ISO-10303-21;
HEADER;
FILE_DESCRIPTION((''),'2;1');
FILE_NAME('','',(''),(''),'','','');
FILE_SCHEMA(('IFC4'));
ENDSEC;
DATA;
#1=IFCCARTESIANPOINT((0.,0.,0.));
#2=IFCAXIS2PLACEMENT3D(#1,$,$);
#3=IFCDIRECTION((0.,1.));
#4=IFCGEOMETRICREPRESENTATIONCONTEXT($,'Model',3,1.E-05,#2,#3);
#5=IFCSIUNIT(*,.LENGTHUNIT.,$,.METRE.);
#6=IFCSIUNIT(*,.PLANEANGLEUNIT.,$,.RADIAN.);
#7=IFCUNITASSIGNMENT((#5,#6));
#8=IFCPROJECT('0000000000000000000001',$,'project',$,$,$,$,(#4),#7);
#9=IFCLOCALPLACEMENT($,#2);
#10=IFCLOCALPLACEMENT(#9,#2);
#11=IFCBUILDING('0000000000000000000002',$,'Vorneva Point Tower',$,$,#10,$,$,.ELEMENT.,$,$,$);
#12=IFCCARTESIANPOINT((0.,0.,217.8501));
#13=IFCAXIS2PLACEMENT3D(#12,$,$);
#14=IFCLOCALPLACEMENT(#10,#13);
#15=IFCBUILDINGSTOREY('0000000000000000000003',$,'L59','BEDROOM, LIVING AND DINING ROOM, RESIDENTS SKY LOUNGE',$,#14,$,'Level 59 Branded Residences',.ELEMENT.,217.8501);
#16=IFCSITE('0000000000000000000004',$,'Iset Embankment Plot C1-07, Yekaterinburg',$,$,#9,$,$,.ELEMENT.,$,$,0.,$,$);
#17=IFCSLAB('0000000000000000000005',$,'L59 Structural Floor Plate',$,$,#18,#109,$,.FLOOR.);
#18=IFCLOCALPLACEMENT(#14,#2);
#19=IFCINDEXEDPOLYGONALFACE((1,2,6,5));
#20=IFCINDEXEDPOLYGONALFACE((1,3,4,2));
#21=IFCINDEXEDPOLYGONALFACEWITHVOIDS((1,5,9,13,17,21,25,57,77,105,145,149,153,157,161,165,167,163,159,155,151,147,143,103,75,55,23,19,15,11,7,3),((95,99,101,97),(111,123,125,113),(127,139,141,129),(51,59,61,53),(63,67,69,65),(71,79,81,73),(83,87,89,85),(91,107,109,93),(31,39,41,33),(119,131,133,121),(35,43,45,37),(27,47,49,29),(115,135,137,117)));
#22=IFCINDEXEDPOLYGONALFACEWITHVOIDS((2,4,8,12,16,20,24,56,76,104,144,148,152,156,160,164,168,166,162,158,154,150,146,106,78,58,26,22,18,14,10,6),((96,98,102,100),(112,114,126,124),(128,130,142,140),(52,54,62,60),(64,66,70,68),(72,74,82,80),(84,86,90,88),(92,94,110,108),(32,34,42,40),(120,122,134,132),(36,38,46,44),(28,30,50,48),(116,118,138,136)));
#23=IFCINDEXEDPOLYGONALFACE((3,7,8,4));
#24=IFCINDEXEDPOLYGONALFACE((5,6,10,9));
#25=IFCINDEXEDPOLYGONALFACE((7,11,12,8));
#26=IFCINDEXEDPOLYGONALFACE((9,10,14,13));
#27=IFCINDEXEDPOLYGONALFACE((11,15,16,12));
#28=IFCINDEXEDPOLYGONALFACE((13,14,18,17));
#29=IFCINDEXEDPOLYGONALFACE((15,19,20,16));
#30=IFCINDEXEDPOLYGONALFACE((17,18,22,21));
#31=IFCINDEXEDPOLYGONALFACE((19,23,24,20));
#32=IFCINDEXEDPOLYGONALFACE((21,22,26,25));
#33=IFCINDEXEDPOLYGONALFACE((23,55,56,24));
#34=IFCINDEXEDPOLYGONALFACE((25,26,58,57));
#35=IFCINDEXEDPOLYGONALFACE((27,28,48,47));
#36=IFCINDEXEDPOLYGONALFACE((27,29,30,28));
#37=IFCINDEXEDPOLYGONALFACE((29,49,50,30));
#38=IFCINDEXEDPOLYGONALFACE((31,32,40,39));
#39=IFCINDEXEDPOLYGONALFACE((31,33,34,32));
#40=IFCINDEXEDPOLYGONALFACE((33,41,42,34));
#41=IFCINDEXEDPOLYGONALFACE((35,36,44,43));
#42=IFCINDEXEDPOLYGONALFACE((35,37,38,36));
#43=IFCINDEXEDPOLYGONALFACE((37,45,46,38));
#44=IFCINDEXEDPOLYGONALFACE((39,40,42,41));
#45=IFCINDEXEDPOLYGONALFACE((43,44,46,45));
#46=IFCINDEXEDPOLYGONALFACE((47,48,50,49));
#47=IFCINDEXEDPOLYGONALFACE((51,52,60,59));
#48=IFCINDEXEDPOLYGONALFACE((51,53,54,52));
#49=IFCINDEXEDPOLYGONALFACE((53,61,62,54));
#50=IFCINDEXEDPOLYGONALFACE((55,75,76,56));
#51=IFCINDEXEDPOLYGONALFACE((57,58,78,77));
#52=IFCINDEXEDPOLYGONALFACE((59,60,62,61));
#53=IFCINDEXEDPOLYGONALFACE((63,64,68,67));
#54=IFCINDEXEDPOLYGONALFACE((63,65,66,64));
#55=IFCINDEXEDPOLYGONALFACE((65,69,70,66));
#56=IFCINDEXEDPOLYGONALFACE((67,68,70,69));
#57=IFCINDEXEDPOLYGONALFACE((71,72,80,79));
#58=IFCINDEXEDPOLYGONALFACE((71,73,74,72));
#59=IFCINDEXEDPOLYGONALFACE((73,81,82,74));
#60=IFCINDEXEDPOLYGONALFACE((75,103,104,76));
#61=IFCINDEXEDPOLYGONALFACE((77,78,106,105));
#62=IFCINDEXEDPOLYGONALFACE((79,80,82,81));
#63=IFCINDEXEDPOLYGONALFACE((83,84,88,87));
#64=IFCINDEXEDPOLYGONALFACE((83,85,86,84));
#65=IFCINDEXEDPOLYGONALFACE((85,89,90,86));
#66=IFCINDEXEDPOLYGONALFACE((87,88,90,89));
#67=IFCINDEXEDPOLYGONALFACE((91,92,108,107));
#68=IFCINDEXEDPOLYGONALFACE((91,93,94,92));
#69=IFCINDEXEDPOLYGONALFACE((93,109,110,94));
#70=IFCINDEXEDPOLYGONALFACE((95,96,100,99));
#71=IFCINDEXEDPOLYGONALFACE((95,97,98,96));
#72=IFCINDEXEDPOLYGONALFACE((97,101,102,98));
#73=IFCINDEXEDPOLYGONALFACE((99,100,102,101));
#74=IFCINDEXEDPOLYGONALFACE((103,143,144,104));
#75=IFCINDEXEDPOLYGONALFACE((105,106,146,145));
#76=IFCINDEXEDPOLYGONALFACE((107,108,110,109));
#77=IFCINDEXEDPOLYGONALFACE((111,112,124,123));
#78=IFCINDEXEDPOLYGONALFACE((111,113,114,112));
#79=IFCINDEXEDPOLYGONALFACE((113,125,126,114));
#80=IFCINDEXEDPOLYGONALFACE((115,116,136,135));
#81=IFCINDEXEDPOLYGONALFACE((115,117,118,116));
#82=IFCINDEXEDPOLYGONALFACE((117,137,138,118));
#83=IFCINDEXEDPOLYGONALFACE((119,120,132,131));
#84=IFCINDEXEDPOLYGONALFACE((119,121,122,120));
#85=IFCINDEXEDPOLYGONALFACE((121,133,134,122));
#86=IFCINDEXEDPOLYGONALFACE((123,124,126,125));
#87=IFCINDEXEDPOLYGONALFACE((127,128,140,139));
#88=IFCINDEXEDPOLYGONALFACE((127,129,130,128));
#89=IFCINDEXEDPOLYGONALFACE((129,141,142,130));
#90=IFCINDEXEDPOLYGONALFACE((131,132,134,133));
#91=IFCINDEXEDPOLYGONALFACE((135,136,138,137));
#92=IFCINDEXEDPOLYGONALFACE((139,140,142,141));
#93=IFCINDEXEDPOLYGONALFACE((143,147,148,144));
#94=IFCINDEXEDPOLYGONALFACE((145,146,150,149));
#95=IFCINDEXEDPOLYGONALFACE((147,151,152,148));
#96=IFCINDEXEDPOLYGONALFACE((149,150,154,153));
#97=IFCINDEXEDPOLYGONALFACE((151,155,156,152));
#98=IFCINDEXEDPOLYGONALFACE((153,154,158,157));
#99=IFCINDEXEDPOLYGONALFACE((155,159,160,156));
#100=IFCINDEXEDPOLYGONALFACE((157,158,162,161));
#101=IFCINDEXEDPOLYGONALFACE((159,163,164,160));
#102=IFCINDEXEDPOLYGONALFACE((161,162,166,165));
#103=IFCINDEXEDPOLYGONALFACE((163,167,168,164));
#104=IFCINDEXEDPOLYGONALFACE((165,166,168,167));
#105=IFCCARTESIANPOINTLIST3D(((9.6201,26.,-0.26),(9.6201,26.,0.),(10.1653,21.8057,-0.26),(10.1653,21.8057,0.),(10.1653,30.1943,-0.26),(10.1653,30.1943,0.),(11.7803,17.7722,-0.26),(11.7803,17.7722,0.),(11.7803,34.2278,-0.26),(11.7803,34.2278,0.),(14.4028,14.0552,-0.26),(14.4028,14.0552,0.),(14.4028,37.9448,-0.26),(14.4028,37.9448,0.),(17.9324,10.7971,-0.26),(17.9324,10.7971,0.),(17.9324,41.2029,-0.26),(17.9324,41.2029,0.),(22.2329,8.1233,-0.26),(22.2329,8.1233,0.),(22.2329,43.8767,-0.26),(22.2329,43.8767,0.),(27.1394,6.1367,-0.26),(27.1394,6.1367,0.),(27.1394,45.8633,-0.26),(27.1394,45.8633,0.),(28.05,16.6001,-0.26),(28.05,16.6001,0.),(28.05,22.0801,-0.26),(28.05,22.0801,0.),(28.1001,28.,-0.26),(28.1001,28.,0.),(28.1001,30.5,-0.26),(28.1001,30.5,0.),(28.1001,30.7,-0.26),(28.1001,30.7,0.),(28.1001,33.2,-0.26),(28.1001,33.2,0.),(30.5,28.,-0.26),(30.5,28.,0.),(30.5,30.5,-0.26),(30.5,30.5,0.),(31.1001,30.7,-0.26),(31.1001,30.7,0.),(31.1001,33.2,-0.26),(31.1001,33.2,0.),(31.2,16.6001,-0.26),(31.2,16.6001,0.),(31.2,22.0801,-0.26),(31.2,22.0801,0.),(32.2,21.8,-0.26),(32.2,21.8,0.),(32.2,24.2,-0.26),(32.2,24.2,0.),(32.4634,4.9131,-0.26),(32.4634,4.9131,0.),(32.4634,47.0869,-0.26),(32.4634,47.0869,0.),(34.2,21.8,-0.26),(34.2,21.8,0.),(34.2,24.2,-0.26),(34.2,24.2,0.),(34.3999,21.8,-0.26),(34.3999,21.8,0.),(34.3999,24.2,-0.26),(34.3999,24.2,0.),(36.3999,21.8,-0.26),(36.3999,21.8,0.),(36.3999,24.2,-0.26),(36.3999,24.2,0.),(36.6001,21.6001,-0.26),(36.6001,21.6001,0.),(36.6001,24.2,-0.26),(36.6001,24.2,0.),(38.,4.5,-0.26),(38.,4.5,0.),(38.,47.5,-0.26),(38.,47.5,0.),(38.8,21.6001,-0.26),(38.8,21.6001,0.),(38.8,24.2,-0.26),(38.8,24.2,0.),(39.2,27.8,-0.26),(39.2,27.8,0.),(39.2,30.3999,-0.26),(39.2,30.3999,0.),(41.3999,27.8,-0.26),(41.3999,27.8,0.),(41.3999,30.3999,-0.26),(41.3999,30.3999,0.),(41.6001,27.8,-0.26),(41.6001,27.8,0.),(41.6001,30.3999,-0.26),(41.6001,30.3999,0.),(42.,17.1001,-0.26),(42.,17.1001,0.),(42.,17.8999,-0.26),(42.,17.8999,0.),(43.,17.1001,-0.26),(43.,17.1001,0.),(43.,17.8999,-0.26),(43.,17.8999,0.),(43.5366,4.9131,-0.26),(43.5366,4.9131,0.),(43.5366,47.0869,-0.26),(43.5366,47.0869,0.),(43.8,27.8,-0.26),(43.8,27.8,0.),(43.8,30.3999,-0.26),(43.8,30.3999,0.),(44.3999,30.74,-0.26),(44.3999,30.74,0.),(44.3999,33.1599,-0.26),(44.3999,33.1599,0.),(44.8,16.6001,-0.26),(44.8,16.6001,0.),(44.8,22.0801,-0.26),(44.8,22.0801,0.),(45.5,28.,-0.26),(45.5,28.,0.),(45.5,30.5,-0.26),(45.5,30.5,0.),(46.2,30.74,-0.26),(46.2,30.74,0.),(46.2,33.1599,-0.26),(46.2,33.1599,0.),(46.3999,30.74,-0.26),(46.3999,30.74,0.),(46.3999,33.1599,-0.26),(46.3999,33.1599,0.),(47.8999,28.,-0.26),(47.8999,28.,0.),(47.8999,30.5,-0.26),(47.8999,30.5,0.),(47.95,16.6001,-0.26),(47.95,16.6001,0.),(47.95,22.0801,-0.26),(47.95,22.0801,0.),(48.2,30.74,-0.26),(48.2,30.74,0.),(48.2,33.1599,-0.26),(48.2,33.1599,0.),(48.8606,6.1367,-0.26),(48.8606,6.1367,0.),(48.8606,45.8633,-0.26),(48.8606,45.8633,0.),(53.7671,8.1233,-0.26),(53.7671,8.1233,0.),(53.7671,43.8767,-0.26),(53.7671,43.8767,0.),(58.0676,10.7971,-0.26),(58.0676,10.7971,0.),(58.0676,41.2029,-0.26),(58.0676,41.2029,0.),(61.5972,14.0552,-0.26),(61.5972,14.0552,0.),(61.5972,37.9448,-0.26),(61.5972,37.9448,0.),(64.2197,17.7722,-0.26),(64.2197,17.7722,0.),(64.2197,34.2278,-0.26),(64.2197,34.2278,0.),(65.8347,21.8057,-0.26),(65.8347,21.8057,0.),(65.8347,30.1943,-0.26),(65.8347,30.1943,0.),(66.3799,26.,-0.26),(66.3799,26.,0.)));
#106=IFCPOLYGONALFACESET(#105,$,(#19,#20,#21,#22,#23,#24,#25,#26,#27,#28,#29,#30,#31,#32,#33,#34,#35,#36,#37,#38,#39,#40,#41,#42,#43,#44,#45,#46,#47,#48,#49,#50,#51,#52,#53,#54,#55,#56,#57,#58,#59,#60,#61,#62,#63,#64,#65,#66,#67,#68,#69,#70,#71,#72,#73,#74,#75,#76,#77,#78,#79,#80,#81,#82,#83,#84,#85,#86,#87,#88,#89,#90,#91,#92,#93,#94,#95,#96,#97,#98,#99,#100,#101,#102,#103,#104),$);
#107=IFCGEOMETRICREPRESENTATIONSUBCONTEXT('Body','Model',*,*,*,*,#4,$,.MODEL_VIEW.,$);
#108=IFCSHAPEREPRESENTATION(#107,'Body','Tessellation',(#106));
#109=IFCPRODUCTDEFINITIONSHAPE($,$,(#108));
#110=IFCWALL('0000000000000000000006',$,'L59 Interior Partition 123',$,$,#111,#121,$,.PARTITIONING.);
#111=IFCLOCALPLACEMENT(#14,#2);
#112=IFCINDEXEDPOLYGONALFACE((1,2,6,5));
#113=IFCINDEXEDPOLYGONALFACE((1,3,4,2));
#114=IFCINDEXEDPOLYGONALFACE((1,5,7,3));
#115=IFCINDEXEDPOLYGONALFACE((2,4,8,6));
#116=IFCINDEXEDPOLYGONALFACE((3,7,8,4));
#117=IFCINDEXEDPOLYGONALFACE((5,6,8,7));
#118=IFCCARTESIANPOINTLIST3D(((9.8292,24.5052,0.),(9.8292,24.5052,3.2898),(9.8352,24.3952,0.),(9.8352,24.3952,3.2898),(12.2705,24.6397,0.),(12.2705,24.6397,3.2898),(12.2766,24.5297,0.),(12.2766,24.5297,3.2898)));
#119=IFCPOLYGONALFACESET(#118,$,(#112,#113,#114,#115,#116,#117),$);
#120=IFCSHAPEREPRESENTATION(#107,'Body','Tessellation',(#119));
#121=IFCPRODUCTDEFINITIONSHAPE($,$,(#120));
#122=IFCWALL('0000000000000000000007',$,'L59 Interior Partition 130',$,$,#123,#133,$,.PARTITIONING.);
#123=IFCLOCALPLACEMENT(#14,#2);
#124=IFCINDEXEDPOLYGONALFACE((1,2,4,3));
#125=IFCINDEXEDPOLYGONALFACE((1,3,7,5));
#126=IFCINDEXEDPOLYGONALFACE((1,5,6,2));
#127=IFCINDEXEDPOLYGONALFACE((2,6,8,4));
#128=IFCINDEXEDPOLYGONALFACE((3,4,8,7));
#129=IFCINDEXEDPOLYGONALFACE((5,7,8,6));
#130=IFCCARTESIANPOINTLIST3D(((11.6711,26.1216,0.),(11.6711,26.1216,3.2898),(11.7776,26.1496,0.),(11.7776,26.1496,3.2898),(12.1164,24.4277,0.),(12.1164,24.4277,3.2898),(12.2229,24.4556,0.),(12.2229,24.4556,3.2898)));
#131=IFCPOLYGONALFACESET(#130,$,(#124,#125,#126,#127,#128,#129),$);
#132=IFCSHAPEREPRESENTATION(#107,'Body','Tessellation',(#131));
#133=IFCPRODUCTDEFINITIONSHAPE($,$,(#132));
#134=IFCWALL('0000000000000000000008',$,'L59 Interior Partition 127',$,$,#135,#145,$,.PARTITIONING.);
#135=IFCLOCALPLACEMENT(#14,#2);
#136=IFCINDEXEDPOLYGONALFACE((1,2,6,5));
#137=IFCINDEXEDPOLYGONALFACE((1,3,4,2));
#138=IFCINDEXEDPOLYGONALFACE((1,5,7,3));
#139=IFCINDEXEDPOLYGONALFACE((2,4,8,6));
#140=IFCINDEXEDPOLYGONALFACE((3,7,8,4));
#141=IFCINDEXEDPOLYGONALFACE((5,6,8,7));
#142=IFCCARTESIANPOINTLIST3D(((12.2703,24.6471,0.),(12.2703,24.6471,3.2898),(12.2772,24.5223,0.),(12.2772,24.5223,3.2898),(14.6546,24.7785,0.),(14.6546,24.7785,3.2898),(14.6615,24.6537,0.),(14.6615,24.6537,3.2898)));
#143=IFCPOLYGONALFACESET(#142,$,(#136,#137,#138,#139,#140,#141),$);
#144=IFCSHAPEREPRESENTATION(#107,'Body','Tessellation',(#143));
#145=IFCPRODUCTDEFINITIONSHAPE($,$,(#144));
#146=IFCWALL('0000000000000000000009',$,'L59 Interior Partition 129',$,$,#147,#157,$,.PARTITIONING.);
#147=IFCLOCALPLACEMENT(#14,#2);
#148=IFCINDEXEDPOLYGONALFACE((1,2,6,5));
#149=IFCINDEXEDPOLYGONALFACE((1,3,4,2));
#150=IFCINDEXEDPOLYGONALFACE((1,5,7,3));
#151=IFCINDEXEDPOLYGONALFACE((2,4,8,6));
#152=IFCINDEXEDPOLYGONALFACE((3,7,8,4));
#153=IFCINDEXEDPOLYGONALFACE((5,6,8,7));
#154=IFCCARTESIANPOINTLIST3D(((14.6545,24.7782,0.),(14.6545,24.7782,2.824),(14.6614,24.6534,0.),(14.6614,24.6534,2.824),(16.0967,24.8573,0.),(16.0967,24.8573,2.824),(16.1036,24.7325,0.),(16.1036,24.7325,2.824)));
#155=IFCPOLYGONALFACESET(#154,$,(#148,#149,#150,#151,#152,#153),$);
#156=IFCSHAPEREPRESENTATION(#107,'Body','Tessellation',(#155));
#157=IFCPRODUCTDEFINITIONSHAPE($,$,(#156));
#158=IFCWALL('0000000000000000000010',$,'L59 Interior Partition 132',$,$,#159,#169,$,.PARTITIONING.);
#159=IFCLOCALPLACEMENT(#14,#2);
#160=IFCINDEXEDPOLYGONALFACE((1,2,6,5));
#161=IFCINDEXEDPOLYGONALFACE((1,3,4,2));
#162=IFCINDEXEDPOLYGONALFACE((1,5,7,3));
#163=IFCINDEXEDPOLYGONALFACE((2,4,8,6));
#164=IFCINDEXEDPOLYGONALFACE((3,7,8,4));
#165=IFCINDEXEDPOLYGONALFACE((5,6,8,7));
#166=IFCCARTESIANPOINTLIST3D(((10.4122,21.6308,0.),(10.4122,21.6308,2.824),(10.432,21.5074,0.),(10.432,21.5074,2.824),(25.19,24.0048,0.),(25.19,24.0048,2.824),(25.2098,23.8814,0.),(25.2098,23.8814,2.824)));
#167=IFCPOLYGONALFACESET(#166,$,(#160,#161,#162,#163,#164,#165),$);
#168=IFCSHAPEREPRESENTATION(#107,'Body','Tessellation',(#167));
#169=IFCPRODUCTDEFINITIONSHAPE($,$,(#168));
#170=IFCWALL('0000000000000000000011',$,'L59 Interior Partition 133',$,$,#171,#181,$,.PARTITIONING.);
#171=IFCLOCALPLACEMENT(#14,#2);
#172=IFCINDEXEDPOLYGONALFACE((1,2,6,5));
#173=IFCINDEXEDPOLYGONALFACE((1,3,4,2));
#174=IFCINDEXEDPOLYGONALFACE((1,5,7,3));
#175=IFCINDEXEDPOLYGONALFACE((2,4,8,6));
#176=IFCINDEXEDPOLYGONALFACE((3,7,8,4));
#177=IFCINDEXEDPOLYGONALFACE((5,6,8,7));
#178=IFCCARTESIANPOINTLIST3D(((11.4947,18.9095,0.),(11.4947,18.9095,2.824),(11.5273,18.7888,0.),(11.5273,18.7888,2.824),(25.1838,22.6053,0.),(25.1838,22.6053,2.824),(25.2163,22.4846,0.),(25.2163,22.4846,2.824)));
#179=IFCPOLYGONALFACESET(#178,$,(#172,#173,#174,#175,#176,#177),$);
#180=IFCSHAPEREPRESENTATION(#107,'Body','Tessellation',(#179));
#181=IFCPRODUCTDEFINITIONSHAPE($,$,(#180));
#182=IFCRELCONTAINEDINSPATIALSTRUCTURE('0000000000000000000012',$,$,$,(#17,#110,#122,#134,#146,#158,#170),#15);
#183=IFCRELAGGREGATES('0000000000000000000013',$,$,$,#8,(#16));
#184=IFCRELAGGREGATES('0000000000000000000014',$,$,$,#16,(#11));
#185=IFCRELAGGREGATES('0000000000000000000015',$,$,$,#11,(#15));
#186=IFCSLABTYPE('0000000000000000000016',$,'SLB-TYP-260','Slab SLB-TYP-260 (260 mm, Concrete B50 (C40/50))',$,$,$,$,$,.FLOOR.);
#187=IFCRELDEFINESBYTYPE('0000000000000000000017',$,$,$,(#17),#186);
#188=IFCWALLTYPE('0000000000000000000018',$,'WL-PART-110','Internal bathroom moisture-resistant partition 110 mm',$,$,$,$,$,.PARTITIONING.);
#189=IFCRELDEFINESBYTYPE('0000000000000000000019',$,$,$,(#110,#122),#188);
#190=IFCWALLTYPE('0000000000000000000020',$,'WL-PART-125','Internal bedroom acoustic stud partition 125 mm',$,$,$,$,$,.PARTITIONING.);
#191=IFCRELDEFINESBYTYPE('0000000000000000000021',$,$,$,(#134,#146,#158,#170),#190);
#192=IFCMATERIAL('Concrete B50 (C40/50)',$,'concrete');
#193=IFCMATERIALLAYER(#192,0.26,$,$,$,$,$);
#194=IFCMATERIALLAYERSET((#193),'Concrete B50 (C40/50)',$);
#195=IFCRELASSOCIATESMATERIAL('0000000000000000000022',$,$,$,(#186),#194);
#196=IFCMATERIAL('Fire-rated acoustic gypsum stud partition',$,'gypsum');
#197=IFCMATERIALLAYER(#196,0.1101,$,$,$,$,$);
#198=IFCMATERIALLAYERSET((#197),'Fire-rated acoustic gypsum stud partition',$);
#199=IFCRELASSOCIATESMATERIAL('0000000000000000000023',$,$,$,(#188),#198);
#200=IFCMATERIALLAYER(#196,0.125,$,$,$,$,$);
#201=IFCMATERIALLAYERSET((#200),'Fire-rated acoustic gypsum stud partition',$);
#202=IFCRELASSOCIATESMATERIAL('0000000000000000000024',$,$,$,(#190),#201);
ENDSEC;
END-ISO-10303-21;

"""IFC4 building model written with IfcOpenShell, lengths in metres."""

from ifc_helpers import new_model, si_unit, direction, frame, frame_2d, origin, place, context, subcontext, project, spatial, polyline, rectangle, outline, extrude, material, layer, layer_set, type_object, element, save


model = new_model("IFC4")

# Units and contexts
model_context = context("Model", 3, precision=1e-05, world=origin(), true_north=direction((0.0, 1.0)))
body_context = subcontext(model_context, "Body", "Model", "MODEL_VIEW")
ifc_project = project(units=[si_unit("LENGTHUNIT", "METRE"), si_unit("PLANEANGLEUNIT", "RADIAN")], contexts=[model_context])

# Site, building, storey
site_placement = place(None, origin())
site = spatial("IfcSite", under=ifc_project, at=site_placement, Name="Iset Embankment Plot C1-07, Yekaterinburg", CompositionType="ELEMENT", RefElevation=0.0)
building_placement = place(site_placement, origin())
building = spatial("IfcBuilding", under=site, at=building_placement, Name="Vorneva Point Tower", CompositionType="ELEMENT")
storey_placement = place(building_placement, frame((0.0, 0.0, 217.8501)))
storey = spatial("IfcBuildingStorey", under=building, at=storey_placement, Name="L59", Description="BEDROOM, LIVING AND DINING ROOM, RESIDENTS SKY LOUNGE", LongName="Level 59 Branded Residences", CompositionType="ELEMENT", Elevation=217.8501)

# Shared definitions
ifc_material_1 = material(Name="Concrete B50 (C40/50)", Category="concrete")

# Slab
ifc_layer_1 = layer(ifc_material_1, 0.26)
ifc_layer_set_1 = layer_set([ifc_layer_1], Name="Concrete B50 (C40/50)")
slab_type_1 = type_object("IfcSlabType", Name="SLB-TYP-260", Description="Slab SLB-TYP-260 (260 mm, Concrete B50 (C40/50))", PredefinedType="FLOOR", material=ifc_layer_set_1)
slab_1_placement = place(storey_placement, frame((0.0, 0.0, -0.26)))
element("IfcSlab", 1, at=slab_1_placement, inside=storey, type_object=slab_type_1, Name="L59 Structural Floor Plate", PredefinedType="FLOOR", context=body_context, shape_type="SweptSolid", body=[
    extrude(outline(polyline([(66.3799, 26.0), (65.8347, 30.1943), (64.2197, 34.2278), (61.5972, 37.9448), (58.0676, 41.2029), (53.7671, 43.8767), (48.8606, 45.8633), (43.5366, 47.0869), (38.0, 47.5), (32.4634, 47.0869), (27.1394, 45.8633), (22.2329, 43.8767), (17.9324, 41.2029), (14.4028, 37.9448), (11.7803, 34.2278), (10.1653, 30.1943), (9.6201, 26.0), (10.1653, 21.8057), (11.7803, 17.7722), (14.4028, 14.0552), (17.9324, 10.7971), (22.2329, 8.1233), (27.1394, 6.1367), (32.4634, 4.9131), (38.0, 4.5), (43.5366, 4.9131), (48.8606, 6.1367), (53.7671, 8.1233), (58.0676, 10.7971), (61.5972, 14.0552), (64.2197, 17.7722), (65.8347, 21.8057), (66.3799, 26.0)]), holes=[polyline([(32.2, 21.8), (34.2, 21.8), (34.2, 24.2), (32.2, 24.2), (32.2, 21.8)]), polyline([(34.3999, 21.8), (36.3999, 21.8), (36.3999, 24.2), (34.3999, 24.2), (34.3999, 21.8)]), polyline([(36.6001, 21.6001), (38.8, 21.6001), (38.8, 24.2), (36.6001, 24.2), (36.6001, 21.6001)]), polyline([(39.2, 27.8), (41.3999, 27.8), (41.3999, 30.3999), (39.2, 30.3999), (39.2, 27.8)]), polyline([(41.6001, 27.8), (43.8, 27.8), (43.8, 30.3999), (41.6001, 30.3999), (41.6001, 27.8)]), polyline([(44.3999, 30.74), (46.2, 30.74), (46.2, 33.1599), (44.3999, 33.1599), (44.3999, 30.74)]), polyline([(46.3999, 30.74), (48.2, 30.74), (48.2, 33.1599), (46.3999, 33.1599), (46.3999, 30.74)]), polyline([(28.1001, 28.0), (30.5, 28.0), (30.5, 30.5), (28.1001, 30.5), (28.1001, 28.0)]), polyline([(45.5, 28.0), (47.8999, 28.0), (47.8999, 30.5), (45.5, 30.5), (45.5, 28.0)]), polyline([(28.1001, 30.7), (31.1001, 30.7), (31.1001, 33.2), (28.1001, 33.2), (28.1001, 30.7)]), polyline([(28.05, 16.6001), (31.2, 16.6001), (31.2, 22.0801), (28.05, 22.0801), (28.05, 16.6001)]), polyline([(44.8, 16.6001), (47.95, 16.6001), (47.95, 22.0801), (44.8, 22.0801), (44.8, 16.6001)]), polyline([(42.0, 17.1001), (43.0, 17.1001), (43.0, 17.8999), (42.0, 17.8999), (42.0, 17.1001)])]), origin(), (0.0, 0.0, 1.0), 0.26),
])

# Walls
ifc_material_2 = material(Name="Fire-rated acoustic gypsum stud partition", Category="gypsum")
ifc_layer_2 = layer(ifc_material_2, 0.1101)
ifc_layer_set_2 = layer_set([ifc_layer_2], Name="Fire-rated acoustic gypsum stud partition")
wall_type_1 = type_object("IfcWallType", Name="WL-PART-110", Description="Internal bathroom moisture-resistant partition 110 mm", PredefinedType="PARTITIONING", material=ifc_layer_set_2)
wall_1_placement = place(storey_placement, frame((12.2737, 24.5847, 0.0), z_axis=(0.0, 0.0, 1.0), x_axis=(-0.998485, -0.055017, 0.0)))
element("IfcWall", 2, at=wall_1_placement, inside=storey, type_object=wall_type_1, Name="L59 Interior Partition 123", PredefinedType="PARTITIONING", context=body_context, shape_type="SweptSolid", body=[
    extrude(rectangle(XDim=2.4451, YDim=0.1101, at=frame_2d((1.2227, 0.0))), origin(), (0.0, 0.0, 1.0), 3.2898),
])
wall_2_placement = place(storey_placement, frame((12.1697, 24.4417, 0.0), z_axis=(0.0, 0.0, 1.0), x_axis=(-0.25426, 0.967136, 0.0)))
element("IfcWall", 3, at=wall_2_placement, inside=storey, type_object=wall_type_1, Name="L59 Interior Partition 130", PredefinedType="PARTITIONING", context=body_context, shape_type="SweptSolid", body=[
    extrude(rectangle(XDim=1.7515, YDim=0.1101, at=frame_2d((0.8757, 0.0))), origin(), (0.0, 0.0, 1.0), 3.2898),
])
ifc_layer_3 = layer(ifc_material_2, 0.125)
ifc_layer_set_3 = layer_set([ifc_layer_3], Name="Fire-rated acoustic gypsum stud partition")
wall_type_2 = type_object("IfcWallType", Name="WL-PART-125", Description="Internal bedroom acoustic stud partition 125 mm", PredefinedType="PARTITIONING", material=ifc_layer_set_3)
wall_3_placement = place(storey_placement, frame((14.658, 24.7161, 0.0), z_axis=(0.0, 0.0, 1.0), x_axis=(-0.998486, -0.055006, 0.0)))
element("IfcWall", 4, at=wall_3_placement, inside=storey, type_object=wall_type_2, Name="L59 Interior Partition 127", PredefinedType="PARTITIONING", context=body_context, shape_type="SweptSolid", body=[
    extrude(rectangle(XDim=2.3879, YDim=0.125, at=frame_2d((1.1938, 0.0))), origin(), (0.0, 0.0, 1.0), 3.2898),
])
wall_4_placement = place(storey_placement, frame((14.658, 24.7158, 0.0), z_axis=(0.0, 0.0, 1.0), x_axis=(0.998499, 0.054768, 0.0)))
element("IfcWall", 5, at=wall_4_placement, inside=storey, type_object=wall_type_2, Name="L59 Interior Partition 129", PredefinedType="PARTITIONING", context=body_context, shape_type="SweptSolid", body=[
    extrude(rectangle(XDim=1.4443, YDim=0.125, at=frame_2d((0.7222, 0.0))), origin(), (0.0, 0.0, 1.0), 2.824),
])
wall_5_placement = place(storey_placement, frame((10.4221, 21.5691, 0.0), z_axis=(0.0, 0.0, 1.0), x_axis=(0.987341, 0.158614, 0.0)))
element("IfcWall", 6, at=wall_5_placement, inside=storey, type_object=wall_type_2, Name="L59 Interior Partition 132", PredefinedType="PARTITIONING", context=body_context, shape_type="SweptSolid", body=[
    extrude(rectangle(XDim=14.9673, YDim=0.125, at=frame_2d((7.4836, 0.0))), origin(), (0.0, 0.0, 1.0), 2.824),
])
wall_6_placement = place(storey_placement, frame((11.511, 18.8491, 0.0), z_axis=(0.0, 0.0, 1.0), x_axis=(0.965433, 0.260651, 0.0)))
element("IfcWall", 7, at=wall_6_placement, inside=storey, type_object=wall_type_2, Name="L59 Interior Partition 133", PredefinedType="PARTITIONING", context=body_context, shape_type="SweptSolid", body=[
    extrude(rectangle(XDim=14.1792, YDim=0.125, at=frame_2d((7.0896, 0.0))), origin(), (0.0, 0.0, 1.0), 2.824),
])

save(model, "model.ifc")
